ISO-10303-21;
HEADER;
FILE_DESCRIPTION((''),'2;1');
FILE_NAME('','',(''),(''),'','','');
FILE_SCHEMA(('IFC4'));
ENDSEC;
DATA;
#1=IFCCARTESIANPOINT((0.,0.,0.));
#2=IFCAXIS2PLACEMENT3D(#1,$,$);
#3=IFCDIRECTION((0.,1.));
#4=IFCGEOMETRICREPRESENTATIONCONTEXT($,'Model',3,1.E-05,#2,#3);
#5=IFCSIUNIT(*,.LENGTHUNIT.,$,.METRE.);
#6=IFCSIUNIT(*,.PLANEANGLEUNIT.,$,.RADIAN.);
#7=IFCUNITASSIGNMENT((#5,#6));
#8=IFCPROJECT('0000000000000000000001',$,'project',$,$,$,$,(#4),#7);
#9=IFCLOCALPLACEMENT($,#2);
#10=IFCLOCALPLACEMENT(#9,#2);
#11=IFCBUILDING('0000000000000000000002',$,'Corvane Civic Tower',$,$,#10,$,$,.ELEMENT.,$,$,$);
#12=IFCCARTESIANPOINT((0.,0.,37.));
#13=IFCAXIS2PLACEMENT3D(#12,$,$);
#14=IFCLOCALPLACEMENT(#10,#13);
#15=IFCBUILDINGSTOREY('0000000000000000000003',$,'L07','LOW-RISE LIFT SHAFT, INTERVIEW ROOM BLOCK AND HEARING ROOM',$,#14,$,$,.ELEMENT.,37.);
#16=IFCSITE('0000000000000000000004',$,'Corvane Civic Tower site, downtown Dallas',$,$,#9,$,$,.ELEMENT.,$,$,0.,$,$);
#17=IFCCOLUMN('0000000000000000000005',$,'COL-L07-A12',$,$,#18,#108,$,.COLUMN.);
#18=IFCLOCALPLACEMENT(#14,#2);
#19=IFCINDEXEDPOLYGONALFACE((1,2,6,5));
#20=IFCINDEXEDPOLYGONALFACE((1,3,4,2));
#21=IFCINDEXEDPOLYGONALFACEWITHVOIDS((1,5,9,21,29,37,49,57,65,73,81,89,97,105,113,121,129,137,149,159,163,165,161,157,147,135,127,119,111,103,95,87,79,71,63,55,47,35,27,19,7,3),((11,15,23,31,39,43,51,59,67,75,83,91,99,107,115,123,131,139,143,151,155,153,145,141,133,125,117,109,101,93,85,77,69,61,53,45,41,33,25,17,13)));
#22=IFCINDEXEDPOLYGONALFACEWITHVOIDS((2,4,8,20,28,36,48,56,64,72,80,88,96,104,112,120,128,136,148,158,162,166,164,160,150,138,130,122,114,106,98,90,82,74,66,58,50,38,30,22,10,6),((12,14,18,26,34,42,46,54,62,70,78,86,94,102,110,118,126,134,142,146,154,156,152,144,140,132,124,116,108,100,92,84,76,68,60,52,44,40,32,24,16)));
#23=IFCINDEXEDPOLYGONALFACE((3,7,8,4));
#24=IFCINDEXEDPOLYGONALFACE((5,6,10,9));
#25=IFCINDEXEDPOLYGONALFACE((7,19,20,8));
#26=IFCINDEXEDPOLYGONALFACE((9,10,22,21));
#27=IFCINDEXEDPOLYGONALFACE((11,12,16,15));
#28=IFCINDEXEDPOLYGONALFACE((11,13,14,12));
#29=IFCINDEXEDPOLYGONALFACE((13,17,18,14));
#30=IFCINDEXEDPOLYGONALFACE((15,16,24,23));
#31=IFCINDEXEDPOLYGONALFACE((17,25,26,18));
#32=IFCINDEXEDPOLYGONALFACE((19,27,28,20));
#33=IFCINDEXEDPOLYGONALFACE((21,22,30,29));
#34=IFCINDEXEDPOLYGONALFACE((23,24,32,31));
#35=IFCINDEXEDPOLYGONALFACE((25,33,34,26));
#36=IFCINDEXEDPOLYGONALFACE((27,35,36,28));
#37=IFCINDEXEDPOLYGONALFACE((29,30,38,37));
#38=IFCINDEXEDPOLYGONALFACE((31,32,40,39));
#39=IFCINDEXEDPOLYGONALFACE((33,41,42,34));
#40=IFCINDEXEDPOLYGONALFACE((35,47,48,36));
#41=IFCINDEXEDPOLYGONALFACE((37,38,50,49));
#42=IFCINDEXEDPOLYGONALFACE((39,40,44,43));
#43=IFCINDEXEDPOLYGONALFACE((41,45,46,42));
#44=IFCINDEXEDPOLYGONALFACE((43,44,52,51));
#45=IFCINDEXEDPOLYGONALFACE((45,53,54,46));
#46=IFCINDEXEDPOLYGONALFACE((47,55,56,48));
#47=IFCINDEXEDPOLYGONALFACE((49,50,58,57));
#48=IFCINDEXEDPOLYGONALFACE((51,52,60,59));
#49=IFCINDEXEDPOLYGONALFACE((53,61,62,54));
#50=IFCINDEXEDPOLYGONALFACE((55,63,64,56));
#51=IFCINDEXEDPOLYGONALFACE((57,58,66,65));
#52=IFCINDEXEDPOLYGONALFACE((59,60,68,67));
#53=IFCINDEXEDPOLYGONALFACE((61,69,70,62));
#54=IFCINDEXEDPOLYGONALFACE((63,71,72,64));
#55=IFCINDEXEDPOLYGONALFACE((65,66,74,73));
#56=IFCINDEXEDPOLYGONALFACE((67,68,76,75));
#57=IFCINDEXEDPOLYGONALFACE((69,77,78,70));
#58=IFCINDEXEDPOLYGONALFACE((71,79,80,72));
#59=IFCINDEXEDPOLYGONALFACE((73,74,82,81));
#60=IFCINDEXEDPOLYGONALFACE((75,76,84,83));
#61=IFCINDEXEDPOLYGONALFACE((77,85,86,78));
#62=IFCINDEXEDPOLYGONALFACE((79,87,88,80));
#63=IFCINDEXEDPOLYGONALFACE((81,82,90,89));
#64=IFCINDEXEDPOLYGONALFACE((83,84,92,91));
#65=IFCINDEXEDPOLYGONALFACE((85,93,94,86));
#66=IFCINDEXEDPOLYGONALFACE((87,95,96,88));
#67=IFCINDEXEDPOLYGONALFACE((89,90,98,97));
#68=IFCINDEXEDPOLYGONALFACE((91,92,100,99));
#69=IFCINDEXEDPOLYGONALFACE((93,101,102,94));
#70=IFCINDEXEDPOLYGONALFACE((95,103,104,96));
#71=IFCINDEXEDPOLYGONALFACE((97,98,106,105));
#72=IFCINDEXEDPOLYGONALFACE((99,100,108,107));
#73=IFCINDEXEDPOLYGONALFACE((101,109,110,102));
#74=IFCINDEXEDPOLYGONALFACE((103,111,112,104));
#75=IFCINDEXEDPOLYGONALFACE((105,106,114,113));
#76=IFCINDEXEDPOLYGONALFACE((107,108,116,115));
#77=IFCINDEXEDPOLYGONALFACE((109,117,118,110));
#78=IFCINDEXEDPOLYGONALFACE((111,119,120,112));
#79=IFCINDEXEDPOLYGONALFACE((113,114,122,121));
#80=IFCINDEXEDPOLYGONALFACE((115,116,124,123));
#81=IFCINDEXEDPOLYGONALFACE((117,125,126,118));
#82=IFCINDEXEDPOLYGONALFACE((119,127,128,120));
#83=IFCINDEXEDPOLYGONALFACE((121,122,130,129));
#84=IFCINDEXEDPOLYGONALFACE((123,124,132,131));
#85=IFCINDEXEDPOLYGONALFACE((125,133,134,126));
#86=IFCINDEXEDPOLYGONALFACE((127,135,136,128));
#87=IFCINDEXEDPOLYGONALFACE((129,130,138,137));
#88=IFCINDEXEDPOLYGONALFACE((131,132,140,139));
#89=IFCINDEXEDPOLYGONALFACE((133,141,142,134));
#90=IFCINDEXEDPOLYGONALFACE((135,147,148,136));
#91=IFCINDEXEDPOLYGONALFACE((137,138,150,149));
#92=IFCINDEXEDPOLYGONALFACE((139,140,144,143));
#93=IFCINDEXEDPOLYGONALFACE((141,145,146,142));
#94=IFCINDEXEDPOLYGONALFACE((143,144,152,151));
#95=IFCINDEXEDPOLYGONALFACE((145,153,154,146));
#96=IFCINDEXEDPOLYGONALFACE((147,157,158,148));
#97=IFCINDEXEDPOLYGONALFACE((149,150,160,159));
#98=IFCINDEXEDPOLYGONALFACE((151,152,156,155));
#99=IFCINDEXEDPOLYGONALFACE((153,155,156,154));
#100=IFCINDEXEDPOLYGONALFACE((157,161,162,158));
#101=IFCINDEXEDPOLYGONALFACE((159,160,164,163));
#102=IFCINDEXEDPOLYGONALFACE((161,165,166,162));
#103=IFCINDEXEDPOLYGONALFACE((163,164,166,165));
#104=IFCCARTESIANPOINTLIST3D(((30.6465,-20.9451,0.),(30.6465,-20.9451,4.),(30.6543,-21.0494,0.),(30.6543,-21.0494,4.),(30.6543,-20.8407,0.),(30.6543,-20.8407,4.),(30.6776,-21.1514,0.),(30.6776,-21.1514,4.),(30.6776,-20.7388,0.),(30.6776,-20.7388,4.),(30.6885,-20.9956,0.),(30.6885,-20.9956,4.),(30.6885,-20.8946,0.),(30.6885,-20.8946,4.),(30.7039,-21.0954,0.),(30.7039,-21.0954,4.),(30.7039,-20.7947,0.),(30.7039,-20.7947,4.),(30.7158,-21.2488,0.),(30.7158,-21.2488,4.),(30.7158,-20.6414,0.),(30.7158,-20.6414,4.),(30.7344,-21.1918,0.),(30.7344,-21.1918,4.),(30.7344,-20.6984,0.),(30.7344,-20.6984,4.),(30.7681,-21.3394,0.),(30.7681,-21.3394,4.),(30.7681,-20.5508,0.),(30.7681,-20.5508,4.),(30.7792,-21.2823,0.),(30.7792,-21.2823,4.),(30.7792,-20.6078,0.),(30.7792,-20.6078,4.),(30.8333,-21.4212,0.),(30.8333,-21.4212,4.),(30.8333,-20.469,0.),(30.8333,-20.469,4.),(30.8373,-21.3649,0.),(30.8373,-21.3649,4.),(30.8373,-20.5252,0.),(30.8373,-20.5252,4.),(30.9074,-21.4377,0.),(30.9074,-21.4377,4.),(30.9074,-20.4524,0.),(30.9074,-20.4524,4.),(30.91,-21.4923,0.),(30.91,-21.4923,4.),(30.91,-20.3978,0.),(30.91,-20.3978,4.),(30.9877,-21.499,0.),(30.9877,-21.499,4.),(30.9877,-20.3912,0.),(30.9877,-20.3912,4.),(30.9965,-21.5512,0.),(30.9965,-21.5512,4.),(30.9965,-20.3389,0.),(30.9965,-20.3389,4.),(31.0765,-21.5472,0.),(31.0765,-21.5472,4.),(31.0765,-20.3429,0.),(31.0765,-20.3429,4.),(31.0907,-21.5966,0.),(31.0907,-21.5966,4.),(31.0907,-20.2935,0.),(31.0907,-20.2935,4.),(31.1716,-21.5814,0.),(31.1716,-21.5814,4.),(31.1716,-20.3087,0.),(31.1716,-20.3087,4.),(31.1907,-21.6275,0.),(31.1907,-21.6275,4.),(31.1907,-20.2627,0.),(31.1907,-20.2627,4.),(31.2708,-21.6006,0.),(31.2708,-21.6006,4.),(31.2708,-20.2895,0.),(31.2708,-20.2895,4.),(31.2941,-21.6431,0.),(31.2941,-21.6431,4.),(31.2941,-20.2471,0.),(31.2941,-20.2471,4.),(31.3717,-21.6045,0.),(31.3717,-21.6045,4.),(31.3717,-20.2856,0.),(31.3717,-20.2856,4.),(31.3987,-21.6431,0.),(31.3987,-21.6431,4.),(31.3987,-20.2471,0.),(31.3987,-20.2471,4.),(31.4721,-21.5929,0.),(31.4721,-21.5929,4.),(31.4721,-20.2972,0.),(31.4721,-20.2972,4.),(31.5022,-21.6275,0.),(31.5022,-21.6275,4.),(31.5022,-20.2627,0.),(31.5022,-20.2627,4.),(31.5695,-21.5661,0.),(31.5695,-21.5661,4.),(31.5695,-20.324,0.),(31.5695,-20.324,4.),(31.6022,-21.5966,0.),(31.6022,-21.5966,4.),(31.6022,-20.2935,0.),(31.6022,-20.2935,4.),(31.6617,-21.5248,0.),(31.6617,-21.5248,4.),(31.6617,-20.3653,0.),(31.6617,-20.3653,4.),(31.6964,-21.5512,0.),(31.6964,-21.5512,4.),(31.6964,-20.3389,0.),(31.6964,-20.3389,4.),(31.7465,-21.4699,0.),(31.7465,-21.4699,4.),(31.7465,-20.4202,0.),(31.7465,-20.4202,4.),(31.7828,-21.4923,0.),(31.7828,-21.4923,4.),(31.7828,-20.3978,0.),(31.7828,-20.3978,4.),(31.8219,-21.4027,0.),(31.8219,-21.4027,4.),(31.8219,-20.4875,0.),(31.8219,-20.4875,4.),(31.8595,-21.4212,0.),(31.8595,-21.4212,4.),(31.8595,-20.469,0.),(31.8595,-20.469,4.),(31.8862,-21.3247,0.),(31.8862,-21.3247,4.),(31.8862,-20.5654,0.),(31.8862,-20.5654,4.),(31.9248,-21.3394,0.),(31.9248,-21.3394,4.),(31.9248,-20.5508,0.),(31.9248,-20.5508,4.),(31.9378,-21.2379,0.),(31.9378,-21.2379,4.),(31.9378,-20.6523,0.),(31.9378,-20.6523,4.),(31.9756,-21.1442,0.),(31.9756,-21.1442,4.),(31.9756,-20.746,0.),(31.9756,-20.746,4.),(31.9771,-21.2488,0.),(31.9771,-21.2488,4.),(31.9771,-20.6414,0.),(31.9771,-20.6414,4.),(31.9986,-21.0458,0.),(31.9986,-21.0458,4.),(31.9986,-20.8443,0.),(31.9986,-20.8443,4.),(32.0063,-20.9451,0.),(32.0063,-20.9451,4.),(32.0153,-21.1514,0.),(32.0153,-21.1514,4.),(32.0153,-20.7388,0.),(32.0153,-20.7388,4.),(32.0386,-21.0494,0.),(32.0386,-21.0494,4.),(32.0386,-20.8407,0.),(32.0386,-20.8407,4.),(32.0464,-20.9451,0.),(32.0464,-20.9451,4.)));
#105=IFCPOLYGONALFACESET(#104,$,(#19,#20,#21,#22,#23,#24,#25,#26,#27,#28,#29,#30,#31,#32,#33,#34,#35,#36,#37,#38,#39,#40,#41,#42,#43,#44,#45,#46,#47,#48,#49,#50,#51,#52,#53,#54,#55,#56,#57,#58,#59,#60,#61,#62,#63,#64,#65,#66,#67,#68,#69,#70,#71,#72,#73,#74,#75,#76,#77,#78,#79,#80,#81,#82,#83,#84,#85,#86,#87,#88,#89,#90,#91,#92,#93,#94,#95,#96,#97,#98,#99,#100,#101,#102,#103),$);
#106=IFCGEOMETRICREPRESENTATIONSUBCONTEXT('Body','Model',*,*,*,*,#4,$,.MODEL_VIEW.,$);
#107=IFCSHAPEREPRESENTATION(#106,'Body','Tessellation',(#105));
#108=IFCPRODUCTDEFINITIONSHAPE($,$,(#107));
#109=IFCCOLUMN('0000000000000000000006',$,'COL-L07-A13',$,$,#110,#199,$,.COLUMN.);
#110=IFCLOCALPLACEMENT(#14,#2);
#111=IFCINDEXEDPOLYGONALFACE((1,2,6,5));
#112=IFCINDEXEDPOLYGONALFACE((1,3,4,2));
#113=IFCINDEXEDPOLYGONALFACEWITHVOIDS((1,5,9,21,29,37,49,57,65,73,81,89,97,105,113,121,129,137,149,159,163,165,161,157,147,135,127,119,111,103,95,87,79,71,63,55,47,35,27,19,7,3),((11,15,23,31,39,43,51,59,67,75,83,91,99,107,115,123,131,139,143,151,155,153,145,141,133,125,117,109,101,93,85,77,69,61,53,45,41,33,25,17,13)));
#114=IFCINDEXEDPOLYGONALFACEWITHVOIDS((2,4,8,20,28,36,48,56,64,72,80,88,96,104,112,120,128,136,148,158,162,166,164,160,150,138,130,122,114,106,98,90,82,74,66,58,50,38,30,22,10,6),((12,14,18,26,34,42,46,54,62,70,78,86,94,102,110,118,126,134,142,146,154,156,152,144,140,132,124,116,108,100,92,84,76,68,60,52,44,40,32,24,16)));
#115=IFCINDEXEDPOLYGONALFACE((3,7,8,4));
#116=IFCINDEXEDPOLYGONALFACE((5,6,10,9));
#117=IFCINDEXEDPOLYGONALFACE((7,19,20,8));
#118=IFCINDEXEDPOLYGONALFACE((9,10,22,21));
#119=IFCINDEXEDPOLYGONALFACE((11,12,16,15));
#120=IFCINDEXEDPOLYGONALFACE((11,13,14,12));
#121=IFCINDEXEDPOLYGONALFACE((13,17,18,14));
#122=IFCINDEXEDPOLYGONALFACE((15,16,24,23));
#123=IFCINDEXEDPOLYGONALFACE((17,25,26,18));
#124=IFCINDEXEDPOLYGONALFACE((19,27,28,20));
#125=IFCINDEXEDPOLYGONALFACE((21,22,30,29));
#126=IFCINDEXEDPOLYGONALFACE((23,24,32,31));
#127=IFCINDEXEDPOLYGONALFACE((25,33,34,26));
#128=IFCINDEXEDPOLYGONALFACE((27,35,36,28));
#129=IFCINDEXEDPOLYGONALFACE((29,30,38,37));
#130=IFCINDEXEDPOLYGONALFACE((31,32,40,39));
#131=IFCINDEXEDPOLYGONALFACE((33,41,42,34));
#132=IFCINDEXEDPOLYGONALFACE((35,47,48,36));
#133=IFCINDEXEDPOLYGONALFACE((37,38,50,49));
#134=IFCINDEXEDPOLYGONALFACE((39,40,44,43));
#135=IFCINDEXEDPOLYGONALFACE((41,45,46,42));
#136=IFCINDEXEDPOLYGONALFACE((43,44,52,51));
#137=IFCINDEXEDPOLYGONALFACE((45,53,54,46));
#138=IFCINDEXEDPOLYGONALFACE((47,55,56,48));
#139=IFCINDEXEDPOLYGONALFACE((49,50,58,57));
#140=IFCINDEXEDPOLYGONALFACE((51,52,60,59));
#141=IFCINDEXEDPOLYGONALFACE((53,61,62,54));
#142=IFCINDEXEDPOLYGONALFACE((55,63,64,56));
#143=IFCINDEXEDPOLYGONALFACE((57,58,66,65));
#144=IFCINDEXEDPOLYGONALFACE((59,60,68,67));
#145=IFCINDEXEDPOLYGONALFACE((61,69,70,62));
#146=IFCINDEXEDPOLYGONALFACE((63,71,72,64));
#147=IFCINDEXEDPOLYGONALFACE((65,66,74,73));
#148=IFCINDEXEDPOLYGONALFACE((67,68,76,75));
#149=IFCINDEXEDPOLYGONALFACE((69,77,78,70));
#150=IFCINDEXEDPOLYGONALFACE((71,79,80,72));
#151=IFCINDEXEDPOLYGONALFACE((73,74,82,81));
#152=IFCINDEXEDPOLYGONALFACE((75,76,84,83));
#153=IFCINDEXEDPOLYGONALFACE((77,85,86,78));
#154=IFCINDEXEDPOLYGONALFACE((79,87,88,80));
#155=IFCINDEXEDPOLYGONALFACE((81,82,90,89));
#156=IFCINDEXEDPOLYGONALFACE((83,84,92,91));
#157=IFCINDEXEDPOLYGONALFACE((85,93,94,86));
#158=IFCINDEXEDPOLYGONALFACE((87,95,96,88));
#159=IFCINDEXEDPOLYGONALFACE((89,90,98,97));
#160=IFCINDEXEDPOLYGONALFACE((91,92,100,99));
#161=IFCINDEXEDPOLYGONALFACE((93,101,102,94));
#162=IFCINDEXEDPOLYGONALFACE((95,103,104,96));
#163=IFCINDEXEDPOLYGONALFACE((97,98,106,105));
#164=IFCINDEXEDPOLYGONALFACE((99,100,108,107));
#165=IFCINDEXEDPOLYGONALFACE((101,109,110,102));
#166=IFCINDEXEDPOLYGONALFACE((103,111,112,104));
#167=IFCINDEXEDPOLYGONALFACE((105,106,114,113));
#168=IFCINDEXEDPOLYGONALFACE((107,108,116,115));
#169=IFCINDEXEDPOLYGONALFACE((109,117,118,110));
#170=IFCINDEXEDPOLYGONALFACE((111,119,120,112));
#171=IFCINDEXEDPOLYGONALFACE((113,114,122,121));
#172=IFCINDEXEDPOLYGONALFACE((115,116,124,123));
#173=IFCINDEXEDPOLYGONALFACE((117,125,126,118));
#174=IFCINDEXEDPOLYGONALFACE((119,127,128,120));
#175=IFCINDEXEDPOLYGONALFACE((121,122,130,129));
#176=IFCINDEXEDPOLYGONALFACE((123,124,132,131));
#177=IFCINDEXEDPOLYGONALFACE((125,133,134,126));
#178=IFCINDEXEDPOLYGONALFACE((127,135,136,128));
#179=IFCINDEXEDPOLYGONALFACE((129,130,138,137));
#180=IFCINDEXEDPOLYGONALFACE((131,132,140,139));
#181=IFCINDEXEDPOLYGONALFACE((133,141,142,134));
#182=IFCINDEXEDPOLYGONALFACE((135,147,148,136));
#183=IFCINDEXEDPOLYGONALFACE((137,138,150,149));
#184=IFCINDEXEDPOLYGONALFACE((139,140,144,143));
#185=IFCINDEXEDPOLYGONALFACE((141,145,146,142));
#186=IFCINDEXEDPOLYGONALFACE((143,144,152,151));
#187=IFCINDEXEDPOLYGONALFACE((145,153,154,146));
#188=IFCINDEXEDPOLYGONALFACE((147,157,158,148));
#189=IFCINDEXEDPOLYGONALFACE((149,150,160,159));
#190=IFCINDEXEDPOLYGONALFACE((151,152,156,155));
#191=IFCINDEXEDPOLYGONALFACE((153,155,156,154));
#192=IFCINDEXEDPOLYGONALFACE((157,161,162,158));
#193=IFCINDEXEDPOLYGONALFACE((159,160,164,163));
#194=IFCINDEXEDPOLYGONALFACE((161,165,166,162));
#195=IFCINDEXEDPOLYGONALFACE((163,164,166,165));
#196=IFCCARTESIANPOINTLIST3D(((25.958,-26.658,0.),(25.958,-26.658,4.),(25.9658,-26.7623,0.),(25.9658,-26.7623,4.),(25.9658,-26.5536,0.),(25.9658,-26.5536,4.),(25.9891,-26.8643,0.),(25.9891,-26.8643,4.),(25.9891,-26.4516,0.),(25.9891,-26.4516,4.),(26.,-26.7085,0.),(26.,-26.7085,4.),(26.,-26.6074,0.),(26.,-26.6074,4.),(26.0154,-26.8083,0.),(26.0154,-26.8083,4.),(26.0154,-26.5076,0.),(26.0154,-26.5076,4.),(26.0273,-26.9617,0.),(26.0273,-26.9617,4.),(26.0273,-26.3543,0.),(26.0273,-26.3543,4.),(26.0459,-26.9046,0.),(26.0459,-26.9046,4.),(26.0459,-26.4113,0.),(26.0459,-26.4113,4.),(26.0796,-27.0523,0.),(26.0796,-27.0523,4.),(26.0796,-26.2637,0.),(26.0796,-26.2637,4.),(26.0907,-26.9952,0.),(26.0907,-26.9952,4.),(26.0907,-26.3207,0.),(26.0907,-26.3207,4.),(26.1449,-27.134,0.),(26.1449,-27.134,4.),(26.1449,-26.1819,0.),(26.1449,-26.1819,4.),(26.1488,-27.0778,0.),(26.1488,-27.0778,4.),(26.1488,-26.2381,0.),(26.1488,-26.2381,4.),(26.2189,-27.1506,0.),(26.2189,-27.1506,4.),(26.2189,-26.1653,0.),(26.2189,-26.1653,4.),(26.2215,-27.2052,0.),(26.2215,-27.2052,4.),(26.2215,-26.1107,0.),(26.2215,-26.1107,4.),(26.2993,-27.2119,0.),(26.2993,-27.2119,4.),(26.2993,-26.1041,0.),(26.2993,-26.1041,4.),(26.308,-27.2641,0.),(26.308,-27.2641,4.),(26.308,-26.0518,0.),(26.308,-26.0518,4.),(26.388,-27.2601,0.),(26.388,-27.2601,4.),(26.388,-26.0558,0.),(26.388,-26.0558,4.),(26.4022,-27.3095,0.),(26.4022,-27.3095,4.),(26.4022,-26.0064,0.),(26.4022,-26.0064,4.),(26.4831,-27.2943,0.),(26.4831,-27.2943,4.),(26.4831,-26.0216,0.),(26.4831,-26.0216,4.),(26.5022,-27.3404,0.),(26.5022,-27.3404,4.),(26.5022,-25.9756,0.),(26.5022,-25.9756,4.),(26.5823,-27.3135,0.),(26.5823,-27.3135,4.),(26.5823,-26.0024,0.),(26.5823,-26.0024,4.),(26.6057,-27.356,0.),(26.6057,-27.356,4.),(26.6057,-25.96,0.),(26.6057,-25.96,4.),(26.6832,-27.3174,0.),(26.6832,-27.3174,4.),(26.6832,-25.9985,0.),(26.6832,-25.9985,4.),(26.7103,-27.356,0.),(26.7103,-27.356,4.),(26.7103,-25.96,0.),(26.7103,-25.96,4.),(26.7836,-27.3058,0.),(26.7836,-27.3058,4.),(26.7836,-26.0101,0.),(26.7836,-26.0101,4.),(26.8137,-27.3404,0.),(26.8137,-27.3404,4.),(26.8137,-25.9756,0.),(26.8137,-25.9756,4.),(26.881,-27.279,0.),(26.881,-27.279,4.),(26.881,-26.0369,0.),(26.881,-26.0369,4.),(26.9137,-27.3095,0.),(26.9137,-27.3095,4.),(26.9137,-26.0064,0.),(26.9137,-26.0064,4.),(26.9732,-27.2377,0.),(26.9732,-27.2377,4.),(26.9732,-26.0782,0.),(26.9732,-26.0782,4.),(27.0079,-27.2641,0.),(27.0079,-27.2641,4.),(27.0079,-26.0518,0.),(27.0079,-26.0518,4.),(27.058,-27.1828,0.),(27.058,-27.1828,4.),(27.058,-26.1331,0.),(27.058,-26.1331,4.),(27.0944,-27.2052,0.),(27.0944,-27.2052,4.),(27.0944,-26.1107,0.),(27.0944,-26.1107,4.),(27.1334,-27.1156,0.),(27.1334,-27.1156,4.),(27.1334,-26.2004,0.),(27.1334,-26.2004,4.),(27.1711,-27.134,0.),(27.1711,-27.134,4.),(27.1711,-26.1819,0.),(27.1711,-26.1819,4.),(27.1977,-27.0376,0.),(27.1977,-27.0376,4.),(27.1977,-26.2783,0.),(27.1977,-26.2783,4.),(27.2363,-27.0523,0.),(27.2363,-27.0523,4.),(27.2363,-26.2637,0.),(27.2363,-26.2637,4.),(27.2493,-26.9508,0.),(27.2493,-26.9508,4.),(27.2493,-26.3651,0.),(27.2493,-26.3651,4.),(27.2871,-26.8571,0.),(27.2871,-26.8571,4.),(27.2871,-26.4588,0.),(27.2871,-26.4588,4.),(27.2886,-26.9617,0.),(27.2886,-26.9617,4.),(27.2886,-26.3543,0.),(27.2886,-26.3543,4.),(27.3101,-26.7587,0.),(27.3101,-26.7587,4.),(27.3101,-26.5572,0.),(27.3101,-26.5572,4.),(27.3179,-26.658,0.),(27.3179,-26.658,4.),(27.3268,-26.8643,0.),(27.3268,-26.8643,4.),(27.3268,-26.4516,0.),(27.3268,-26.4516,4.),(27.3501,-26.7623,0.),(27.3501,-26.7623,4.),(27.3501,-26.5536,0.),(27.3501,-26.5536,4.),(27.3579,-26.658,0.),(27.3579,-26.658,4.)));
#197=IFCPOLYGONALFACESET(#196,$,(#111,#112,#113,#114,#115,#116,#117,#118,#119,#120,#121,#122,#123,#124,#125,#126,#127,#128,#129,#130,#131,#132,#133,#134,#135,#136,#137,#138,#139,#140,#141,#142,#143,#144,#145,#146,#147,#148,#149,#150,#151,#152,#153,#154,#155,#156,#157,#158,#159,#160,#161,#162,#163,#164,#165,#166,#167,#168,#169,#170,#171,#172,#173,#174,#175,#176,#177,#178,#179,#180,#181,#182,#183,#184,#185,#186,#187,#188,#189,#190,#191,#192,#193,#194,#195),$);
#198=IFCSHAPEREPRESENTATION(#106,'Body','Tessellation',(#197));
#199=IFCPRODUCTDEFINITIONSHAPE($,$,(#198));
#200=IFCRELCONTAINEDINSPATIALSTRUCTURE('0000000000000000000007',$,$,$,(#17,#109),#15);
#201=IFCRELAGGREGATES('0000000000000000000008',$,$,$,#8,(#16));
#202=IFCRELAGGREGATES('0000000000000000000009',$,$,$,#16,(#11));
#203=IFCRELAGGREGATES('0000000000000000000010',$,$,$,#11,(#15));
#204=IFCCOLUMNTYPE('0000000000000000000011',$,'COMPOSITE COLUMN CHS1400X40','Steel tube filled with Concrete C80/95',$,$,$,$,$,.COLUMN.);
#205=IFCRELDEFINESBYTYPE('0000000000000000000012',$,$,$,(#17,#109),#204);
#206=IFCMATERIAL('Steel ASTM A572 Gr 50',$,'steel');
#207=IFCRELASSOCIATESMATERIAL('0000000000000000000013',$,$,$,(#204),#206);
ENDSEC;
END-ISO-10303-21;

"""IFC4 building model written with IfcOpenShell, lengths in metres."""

from ifc_helpers import new_model, si_unit, direction, frame, origin, origin_2d, place, context, subcontext, project, spatial, hollow_circle, extrude, material, material_profile, profile_set, type_object, element, save


model = new_model("IFC4")

# Units and contexts
model_context = context("Model", 3, precision=1e-05, world=origin(), true_north=direction((0.0, 1.0)))
body_context = subcontext(model_context, "Body", "Model", "MODEL_VIEW")
ifc_project = project(units=[si_unit("LENGTHUNIT", "METRE"), si_unit("PLANEANGLEUNIT", "RADIAN")], contexts=[model_context])

# Site, building, storey
site_placement = place(None, origin())
site = spatial("IfcSite", under=ifc_project, at=site_placement, Name="Corvane Civic Tower site, downtown Dallas", CompositionType="ELEMENT", RefElevation=0.0)
building_placement = place(site_placement, origin())
building = spatial("IfcBuilding", under=site, at=building_placement, Name="Corvane Civic Tower", CompositionType="ELEMENT")
storey_placement = place(building_placement, frame((0.0, 0.0, 37.0)))
storey = spatial("IfcBuildingStorey", under=building, at=storey_placement, Name="L07", Description="LOW-RISE LIFT SHAFT, INTERVIEW ROOM BLOCK AND HEARING ROOM", CompositionType="ELEMENT", Elevation=37.0)

# Columns
ifc_material_1 = material(Name="Steel ASTM A572 Gr 50", Category="steel")
ifc_material_profile_1 = material_profile(ifc_material_1, hollow_circle(Radius=0.7, WallThickness=0.04, at=origin_2d()), Name="CHS1400X40")
ifc_profile_set_1 = profile_set([ifc_material_profile_1], Name="Steel ASTM A572 Gr 50")
column_type = type_object("IfcColumnType", Name="COMPOSITE COLUMN CHS1400X40", Description="Steel tube filled with Concrete C80/95", PredefinedType="COLUMN", material=ifc_profile_set_1)
for number, where, z_axis, x_axis, name in (
    (1, (31.3464, -20.9451, 0.0), (0.0, 0.0, 1.0), (1.0, 0.0, 0.0), "COL-L07-A12"),
    (2, (26.658, -26.658, 0.0), (0.0, 0.0, 1.0), (1.0, 0.0, 0.0), "COL-L07-A13"),
):
    element("IfcColumn", number, at=place(storey_placement, frame(where, z_axis=z_axis, x_axis=x_axis)), inside=storey, type_object=column_type, Name=name, PredefinedType="COLUMN", context=body_context, shape_type="SweptSolid", body=[
        extrude(hollow_circle(Radius=0.7, WallThickness=0.04, at=origin_2d()), origin(), (0.0, 0.0, 1.0), 4.0),
    ])

save(model, "model.ifc")
